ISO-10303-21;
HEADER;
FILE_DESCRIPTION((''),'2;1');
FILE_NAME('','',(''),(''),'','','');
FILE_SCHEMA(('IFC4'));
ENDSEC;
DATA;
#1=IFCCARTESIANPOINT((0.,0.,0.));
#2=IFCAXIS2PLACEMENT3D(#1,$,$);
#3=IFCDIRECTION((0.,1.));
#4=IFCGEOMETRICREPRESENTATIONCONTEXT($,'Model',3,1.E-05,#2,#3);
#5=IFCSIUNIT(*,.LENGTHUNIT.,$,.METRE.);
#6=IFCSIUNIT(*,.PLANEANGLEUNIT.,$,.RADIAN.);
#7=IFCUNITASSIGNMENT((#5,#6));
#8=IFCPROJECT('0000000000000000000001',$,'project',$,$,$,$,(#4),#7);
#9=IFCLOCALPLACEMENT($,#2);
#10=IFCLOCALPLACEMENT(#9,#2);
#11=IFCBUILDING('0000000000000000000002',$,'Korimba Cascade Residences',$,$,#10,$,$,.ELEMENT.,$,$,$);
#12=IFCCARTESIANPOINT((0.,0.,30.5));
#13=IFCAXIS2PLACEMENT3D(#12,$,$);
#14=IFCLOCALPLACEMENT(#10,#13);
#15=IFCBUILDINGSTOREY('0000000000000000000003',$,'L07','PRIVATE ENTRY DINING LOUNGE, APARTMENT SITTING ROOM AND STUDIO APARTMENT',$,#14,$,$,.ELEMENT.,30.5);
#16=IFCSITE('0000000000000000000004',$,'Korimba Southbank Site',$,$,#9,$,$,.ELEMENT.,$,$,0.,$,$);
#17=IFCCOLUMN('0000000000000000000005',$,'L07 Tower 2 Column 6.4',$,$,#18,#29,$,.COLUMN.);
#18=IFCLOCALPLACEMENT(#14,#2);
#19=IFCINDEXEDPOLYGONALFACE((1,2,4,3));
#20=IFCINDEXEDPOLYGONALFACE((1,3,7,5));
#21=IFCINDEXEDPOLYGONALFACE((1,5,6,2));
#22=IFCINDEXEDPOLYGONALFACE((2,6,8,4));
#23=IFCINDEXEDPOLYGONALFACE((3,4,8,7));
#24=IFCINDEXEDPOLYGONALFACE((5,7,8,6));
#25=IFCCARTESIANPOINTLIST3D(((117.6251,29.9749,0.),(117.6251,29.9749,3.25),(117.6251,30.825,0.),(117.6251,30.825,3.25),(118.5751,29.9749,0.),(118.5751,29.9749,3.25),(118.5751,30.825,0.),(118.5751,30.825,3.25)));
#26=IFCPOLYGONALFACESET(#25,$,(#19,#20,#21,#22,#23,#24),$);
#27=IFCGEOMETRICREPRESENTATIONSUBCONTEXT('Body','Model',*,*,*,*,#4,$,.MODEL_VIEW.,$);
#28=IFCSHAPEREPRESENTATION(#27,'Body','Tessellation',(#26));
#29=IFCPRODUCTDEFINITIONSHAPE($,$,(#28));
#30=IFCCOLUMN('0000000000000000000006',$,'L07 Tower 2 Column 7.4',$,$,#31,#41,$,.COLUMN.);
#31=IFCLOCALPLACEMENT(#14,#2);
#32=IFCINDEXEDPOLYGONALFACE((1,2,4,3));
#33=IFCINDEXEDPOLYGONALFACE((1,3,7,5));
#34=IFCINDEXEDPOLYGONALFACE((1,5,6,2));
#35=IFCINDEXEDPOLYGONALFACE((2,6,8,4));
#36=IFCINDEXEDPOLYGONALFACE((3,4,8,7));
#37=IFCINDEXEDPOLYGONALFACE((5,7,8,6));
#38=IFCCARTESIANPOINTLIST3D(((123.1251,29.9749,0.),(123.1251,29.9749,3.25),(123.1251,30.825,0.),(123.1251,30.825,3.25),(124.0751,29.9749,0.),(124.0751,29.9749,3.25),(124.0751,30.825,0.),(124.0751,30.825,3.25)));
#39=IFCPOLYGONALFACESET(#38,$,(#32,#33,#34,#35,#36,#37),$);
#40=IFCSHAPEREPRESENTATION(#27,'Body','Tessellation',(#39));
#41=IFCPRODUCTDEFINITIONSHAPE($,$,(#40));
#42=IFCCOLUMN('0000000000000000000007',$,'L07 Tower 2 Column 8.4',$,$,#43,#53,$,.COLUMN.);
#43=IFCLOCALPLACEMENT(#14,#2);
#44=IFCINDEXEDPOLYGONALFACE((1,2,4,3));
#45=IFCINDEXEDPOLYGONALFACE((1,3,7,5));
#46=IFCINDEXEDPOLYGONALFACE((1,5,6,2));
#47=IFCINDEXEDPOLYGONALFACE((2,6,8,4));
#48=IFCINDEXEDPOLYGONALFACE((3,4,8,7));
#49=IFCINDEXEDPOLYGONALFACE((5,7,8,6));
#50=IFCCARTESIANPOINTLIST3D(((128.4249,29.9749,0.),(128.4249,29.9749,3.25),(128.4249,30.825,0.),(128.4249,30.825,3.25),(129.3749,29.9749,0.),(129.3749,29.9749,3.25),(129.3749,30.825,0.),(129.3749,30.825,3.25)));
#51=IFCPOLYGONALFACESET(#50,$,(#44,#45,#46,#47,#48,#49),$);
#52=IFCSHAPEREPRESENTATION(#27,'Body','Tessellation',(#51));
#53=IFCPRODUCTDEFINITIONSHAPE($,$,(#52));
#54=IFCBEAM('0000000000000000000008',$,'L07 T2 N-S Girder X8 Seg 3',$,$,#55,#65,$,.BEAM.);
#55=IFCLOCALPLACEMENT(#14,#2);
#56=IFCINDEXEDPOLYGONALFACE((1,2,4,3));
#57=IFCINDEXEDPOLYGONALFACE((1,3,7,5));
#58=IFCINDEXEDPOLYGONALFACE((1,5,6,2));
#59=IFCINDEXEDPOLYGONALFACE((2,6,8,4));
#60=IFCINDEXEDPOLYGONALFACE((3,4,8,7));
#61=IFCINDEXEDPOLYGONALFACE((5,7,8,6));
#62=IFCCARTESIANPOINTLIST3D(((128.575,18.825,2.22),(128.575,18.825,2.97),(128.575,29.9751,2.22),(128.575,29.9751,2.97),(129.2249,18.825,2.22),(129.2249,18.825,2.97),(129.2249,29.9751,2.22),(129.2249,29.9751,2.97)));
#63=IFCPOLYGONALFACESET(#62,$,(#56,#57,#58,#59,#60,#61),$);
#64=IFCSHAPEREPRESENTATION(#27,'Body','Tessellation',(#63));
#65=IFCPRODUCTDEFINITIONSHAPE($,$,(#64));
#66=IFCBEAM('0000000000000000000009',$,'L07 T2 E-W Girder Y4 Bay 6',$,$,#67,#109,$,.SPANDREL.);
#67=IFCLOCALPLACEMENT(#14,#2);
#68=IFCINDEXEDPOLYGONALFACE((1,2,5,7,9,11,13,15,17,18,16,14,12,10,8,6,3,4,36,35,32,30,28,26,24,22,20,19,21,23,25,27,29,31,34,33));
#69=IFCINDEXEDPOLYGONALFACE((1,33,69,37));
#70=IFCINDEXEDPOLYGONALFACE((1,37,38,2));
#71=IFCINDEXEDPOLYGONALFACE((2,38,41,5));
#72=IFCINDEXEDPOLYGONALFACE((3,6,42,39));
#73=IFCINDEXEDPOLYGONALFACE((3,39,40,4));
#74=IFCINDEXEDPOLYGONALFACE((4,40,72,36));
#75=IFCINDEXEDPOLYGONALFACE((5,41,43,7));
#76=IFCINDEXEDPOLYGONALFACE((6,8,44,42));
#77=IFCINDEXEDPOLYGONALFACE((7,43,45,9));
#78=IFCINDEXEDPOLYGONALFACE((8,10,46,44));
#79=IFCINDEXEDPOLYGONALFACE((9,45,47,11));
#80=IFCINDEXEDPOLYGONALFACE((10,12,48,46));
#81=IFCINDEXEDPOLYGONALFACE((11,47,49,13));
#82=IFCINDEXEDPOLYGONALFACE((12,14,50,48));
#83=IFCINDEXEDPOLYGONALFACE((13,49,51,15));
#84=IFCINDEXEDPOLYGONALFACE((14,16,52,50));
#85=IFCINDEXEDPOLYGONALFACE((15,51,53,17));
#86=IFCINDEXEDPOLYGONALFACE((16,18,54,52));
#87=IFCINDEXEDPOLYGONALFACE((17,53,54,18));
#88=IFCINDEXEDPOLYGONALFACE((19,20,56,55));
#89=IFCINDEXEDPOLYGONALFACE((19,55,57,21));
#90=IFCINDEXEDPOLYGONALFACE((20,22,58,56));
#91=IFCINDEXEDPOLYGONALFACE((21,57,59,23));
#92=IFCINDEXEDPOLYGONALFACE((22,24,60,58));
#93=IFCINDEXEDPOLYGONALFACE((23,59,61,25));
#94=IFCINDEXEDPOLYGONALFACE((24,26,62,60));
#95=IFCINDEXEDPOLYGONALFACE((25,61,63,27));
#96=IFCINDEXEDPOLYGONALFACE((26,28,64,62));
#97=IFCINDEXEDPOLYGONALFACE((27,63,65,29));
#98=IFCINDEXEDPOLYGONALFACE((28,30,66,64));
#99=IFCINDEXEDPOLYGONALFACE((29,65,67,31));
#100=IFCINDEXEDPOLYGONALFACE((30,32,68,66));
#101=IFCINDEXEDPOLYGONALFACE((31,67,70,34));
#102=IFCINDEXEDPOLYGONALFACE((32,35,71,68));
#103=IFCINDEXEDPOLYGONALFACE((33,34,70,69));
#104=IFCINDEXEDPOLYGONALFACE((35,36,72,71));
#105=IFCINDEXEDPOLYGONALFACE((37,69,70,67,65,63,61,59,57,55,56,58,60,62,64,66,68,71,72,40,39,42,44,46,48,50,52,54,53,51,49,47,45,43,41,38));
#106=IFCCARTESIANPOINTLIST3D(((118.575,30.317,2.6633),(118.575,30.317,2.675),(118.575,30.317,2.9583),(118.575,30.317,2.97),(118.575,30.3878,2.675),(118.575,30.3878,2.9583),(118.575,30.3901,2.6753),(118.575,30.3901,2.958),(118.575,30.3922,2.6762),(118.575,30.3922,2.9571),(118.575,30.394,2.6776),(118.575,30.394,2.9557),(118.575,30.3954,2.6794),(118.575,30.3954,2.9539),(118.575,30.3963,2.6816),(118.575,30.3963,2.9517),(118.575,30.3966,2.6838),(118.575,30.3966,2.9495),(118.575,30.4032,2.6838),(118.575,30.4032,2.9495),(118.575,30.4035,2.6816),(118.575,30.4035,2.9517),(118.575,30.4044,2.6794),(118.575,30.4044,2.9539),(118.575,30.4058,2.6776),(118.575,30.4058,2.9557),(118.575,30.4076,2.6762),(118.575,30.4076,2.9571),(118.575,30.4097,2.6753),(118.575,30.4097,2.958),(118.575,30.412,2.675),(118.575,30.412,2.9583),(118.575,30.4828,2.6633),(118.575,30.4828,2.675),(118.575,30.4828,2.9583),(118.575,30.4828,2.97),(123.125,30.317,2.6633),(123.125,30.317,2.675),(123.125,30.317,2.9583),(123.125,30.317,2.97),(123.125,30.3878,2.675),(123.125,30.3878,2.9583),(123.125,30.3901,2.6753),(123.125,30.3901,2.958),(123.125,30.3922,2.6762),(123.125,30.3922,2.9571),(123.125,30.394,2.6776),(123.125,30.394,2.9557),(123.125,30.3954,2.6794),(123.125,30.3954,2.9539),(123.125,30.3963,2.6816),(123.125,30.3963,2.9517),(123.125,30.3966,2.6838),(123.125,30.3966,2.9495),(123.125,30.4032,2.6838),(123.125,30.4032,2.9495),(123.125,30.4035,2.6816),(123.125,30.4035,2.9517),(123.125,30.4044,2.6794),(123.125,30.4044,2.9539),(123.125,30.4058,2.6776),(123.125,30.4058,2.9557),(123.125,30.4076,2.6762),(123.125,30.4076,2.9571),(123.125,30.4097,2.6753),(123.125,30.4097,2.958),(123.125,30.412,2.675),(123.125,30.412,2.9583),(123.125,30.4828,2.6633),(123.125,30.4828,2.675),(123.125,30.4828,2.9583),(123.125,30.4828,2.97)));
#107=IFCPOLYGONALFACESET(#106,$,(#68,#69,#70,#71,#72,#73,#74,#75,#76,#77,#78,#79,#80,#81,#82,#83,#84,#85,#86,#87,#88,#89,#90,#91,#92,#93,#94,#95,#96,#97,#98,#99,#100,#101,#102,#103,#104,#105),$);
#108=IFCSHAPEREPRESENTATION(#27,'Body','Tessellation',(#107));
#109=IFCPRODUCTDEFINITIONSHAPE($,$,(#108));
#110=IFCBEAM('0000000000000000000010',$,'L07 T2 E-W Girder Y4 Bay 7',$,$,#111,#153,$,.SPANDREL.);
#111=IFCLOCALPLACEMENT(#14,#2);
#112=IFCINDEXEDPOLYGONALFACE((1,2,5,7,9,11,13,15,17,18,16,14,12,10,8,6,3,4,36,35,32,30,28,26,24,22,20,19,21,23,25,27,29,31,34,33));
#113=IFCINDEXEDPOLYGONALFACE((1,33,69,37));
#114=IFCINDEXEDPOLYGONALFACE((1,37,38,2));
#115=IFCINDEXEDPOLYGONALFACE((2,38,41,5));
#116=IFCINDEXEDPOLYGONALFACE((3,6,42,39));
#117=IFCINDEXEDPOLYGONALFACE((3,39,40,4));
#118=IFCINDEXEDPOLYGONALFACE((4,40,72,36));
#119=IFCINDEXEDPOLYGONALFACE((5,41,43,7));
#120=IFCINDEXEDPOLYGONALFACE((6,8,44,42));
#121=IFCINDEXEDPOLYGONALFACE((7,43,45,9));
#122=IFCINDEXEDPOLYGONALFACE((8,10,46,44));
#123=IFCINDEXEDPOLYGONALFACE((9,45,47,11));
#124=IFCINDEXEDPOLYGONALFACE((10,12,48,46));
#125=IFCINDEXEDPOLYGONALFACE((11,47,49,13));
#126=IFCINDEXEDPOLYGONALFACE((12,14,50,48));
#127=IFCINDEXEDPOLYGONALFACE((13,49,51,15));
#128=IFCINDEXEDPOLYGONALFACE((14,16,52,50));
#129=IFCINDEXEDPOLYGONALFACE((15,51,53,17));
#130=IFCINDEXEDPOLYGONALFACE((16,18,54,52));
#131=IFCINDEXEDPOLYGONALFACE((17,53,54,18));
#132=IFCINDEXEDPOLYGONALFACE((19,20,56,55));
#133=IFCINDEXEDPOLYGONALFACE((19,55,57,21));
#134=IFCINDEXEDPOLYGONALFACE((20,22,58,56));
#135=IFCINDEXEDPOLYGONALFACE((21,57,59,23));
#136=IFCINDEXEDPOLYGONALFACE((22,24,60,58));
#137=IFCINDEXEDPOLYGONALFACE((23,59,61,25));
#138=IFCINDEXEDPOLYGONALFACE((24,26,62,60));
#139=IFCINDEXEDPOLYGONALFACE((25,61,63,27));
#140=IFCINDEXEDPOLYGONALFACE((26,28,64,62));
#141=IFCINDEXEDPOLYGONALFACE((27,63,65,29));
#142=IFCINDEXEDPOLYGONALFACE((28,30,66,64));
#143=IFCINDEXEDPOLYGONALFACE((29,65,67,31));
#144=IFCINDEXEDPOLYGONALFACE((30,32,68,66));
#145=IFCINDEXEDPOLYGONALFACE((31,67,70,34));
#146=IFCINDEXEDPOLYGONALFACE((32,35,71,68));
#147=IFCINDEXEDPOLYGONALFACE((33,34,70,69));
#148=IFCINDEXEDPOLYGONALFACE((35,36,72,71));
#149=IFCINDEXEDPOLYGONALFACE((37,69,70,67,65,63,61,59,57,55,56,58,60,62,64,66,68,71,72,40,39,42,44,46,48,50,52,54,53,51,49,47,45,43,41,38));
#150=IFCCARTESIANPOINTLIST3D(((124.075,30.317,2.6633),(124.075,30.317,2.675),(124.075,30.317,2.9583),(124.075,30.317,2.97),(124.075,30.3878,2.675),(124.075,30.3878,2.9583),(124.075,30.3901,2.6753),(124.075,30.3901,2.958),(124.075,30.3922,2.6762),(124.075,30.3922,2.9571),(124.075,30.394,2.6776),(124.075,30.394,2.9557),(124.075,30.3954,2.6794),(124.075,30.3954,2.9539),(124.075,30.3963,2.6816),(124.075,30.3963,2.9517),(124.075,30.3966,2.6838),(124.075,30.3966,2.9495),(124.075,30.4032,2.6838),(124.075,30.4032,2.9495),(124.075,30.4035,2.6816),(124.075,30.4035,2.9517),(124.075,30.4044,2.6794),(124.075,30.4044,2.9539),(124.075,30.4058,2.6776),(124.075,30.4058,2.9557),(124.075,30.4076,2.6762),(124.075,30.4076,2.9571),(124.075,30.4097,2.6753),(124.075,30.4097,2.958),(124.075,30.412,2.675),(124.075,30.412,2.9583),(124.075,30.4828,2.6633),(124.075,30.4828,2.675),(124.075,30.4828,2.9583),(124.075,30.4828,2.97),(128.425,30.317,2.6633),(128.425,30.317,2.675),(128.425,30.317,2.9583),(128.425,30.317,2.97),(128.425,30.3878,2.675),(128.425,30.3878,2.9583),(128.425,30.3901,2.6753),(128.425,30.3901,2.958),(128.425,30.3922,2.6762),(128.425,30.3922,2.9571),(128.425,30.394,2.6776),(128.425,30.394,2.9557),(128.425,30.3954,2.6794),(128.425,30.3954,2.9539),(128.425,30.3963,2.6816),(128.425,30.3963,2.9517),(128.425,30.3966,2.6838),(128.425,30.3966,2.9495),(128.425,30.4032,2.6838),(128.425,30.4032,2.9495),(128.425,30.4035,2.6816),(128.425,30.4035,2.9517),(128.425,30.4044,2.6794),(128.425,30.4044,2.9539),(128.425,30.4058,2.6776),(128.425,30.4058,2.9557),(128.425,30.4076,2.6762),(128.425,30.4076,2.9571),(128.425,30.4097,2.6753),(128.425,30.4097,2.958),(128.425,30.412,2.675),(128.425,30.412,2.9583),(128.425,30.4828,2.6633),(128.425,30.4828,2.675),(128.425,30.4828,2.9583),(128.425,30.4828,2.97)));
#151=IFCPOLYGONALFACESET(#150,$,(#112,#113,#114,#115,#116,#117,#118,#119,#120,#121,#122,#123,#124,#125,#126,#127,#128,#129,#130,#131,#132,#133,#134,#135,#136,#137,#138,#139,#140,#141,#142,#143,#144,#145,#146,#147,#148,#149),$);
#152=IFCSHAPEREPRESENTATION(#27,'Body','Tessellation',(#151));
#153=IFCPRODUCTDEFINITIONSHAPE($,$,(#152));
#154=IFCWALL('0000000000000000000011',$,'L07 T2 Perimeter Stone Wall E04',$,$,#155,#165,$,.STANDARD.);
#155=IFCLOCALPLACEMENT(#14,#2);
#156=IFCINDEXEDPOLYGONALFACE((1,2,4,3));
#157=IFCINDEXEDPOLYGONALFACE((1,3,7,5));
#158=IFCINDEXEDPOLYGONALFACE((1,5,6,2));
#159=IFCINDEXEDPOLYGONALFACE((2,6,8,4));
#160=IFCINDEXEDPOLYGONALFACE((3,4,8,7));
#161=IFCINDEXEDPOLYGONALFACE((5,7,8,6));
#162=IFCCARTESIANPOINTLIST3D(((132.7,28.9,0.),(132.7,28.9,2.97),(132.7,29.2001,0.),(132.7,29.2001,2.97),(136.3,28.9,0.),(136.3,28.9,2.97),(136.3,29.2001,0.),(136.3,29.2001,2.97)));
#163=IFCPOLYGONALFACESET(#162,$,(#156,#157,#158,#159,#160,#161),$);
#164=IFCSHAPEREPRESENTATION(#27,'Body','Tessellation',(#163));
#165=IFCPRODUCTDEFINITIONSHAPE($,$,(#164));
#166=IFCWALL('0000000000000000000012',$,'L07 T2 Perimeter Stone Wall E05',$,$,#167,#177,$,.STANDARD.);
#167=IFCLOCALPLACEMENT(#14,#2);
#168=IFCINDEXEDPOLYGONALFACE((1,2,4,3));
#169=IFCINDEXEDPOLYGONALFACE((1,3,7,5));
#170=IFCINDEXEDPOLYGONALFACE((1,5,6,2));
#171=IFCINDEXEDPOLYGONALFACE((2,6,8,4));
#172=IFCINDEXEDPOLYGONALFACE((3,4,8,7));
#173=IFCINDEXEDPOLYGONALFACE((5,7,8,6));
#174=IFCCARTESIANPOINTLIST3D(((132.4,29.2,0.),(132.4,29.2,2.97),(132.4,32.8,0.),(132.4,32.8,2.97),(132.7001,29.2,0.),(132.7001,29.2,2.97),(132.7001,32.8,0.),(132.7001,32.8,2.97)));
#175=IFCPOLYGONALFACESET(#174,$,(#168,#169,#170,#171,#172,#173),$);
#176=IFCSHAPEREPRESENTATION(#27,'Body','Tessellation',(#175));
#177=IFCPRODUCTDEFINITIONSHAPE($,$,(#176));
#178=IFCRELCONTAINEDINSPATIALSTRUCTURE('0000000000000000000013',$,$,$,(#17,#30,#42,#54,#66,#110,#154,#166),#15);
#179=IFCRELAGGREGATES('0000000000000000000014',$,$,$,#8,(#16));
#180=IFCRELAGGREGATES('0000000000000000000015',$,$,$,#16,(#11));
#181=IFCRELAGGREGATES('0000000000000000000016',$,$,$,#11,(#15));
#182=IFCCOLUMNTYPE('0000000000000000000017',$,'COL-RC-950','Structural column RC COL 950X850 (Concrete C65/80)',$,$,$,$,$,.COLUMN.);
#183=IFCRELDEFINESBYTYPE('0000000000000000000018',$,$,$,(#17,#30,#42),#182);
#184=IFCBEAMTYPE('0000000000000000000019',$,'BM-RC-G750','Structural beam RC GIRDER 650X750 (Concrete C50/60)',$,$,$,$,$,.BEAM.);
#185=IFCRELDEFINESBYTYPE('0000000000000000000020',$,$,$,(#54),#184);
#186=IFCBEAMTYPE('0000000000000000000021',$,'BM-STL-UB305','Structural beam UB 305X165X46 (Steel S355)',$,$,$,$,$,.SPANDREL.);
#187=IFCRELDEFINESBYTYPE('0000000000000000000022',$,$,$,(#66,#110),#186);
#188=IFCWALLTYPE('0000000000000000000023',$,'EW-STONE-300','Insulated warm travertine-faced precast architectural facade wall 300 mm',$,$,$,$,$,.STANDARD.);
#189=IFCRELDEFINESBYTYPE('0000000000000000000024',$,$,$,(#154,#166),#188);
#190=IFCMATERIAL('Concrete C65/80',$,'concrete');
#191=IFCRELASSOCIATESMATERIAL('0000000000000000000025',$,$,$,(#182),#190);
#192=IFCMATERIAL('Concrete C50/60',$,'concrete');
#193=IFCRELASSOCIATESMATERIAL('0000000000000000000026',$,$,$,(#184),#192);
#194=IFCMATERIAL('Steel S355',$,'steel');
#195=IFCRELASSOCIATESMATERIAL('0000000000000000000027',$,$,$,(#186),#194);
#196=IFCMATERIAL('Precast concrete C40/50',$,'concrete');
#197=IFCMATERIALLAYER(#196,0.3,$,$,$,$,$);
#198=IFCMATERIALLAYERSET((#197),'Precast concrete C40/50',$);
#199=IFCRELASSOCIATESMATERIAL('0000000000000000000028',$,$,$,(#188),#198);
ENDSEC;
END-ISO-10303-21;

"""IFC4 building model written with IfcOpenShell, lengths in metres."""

from ifc_helpers import new_model, si_unit, direction, frame, frame_2d, origin, origin_2d, place, context, subcontext, project, spatial, rectangle, i_section, extrude, material, layer, layer_set, material_profile, profile_set, type_object, element, save


model = new_model("IFC4")

# Units and contexts
model_context = context("Model", 3, precision=1e-05, world=origin(), true_north=direction((0.0, 1.0)))
body_context = subcontext(model_context, "Body", "Model", "MODEL_VIEW")
ifc_project = project(units=[si_unit("LENGTHUNIT", "METRE"), si_unit("PLANEANGLEUNIT", "RADIAN")], contexts=[model_context])

# Site, building, storey
site_placement = place(None, origin())
site = spatial("IfcSite", under=ifc_project, at=site_placement, Name="Korimba Southbank Site", CompositionType="ELEMENT", RefElevation=0.0)
building_placement = place(site_placement, origin())
building = spatial("IfcBuilding", under=site, at=building_placement, Name="Korimba Cascade Residences", CompositionType="ELEMENT")
storey_placement = place(building_placement, frame((0.0, 0.0, 30.5)))
storey = spatial("IfcBuildingStorey", under=building, at=storey_placement, Name="L07", Description="PRIVATE ENTRY DINING LOUNGE, APARTMENT SITTING ROOM AND STUDIO APARTMENT", CompositionType="ELEMENT", Elevation=30.5)

# Columns
ifc_material_1 = material(Name="Concrete C65/80", Category="concrete")
ifc_material_profile_1 = material_profile(ifc_material_1, rectangle(XDim=0.95, YDim=0.8501, at=origin_2d()), Name="Concrete C65/80")
ifc_profile_set_1 = profile_set([ifc_material_profile_1], Name="Concrete C65/80")
column_type = type_object("IfcColumnType", Name="COL-RC-950", Description="Structural column RC COL 950X850 (Concrete C65/80)", PredefinedType="COLUMN", material=ifc_profile_set_1)
for number, where, z_axis, x_axis, name in (
    (1, (118.1001, 30.3999, 0.0), (0.0, 0.0, 1.0), (1.0, 0.0, 0.0), "L07 Tower 2 Column 6.4"),
    (2, (123.6001, 30.3999, 0.0), (0.0, 0.0, 1.0), (1.0, 0.0, 0.0), "L07 Tower 2 Column 7.4"),
    (3, (128.8999, 30.3999, 0.0), (0.0, 0.0, 1.0), (1.0, 0.0, 0.0), "L07 Tower 2 Column 8.4"),
):
    element("IfcColumn", number, at=place(storey_placement, frame(where, z_axis=z_axis, x_axis=x_axis)), inside=storey, type_object=column_type, Name=name, PredefinedType="COLUMN", context=body_context, shape_type="SweptSolid", body=[
        extrude(rectangle(XDim=0.95, YDim=0.8501, at=origin_2d()), origin(), (0.0, 0.0, 1.0), 3.25),
    ])

# Beams
ifc_material_2 = material(Name="Concrete C50/60", Category="concrete")
ifc_material_profile_2 = material_profile(ifc_material_2, rectangle(XDim=0.6499, YDim=0.75, at=origin_2d()), Name="Concrete C50/60")
ifc_profile_set_2 = profile_set([ifc_material_profile_2], Name="Concrete C50/60")
beam_type_1 = type_object("IfcBeamType", Name="BM-RC-G750", Description="Structural beam RC GIRDER 650X750 (Concrete C50/60)", PredefinedType="BEAM", material=ifc_profile_set_2)
beam_1_placement = place(storey_placement, frame((128.8999, 18.825, 2.595), z_axis=(0.0, 1.0, 0.0), x_axis=(-1.0, 0.0, 0.0)))
element("IfcBeam", 4, at=beam_1_placement, inside=storey, type_object=beam_type_1, Name="L07 T2 N-S Girder X8 Seg 3", PredefinedType="BEAM", context=body_context, shape_type="SweptSolid", body=[
    extrude(rectangle(XDim=0.6499, YDim=0.75, at=origin_2d()), origin(), (0.0, 0.0, 1.0), 11.1501),
])
ifc_material_3 = material(Name="Steel S355", Category="steel")
ifc_material_profile_3 = material_profile(ifc_material_3, i_section(OverallWidth=0.1658, OverallDepth=0.3066, WebThickness=0.0066, FlangeThickness=0.0117, FilletRadius=0.0088, at=origin_2d()), Name="Steel S355")
ifc_profile_set_3 = profile_set([ifc_material_profile_3], Name="Steel S355")
beam_type_2 = type_object("IfcBeamType", Name="BM-STL-UB305", Description="Structural beam UB 305X165X46 (Steel S355)", PredefinedType="SPANDREL", material=ifc_profile_set_3)
beam_2_placement = place(storey_placement, frame((118.575, 30.3999, 2.8167), z_axis=(1.0, 0.0, 0.0), x_axis=(0.0, 1.0, 0.0)))
element("IfcBeam", 5, at=beam_2_placement, inside=storey, type_object=beam_type_2, Name="L07 T2 E-W Girder Y4 Bay 6", PredefinedType="SPANDREL", context=body_context, shape_type="SweptSolid", body=[
    extrude(i_section(OverallWidth=0.1658, OverallDepth=0.3066, WebThickness=0.0066, FlangeThickness=0.0117, FilletRadius=0.0088, at=origin_2d()), origin(), (0.0, 0.0, 1.0), 4.55),
])
beam_3_placement = place(storey_placement, frame((124.075, 30.3999, 2.8167), z_axis=(1.0, 0.0, 0.0), x_axis=(0.0, 1.0, 0.0)))
element("IfcBeam", 6, at=beam_3_placement, inside=storey, type_object=beam_type_2, Name="L07 T2 E-W Girder Y4 Bay 7", PredefinedType="SPANDREL", context=body_context, shape_type="SweptSolid", body=[
    extrude(i_section(OverallWidth=0.1658, OverallDepth=0.3066, WebThickness=0.0066, FlangeThickness=0.0117, FilletRadius=0.0088, at=origin_2d()), origin(), (0.0, 0.0, 1.0), 4.3501),
])

# Walls
ifc_material_4 = material(Name="Precast concrete C40/50", Category="concrete")
ifc_layer_1 = layer(ifc_material_4, 0.3)
ifc_layer_set_1 = layer_set([ifc_layer_1], Name="Precast concrete C40/50")
wall_type_1 = type_object("IfcWallType", Name="EW-STONE-300", Description="Insulated warm travertine-faced precast architectural facade wall 300 mm", PredefinedType="STANDARD", material=ifc_layer_set_1)
for number, where, z_axis, x_axis, name in (
    (7, (136.3, 29.05, 0.0), (0.0, 0.0, 1.0), (-1.0, 0.0, 0.0), "L07 T2 Perimeter Stone Wall E04"),
    (8, (132.55, 29.2, 0.0), (0.0, 0.0, 1.0), (0.0, 1.0, 0.0), "L07 T2 Perimeter Stone Wall E05"),
):
    element("IfcWall", number, at=place(storey_placement, frame(where, z_axis=z_axis, x_axis=x_axis)), inside=storey, type_object=wall_type_1, Name=name, PredefinedType="STANDARD", context=body_context, shape_type="SweptSolid", body=[
        extrude(rectangle(XDim=3.6001, YDim=0.3, at=frame_2d((1.8, 0.0))), origin(), (0.0, 0.0, 1.0), 2.97),
    ])

save(model, "model.ifc")
